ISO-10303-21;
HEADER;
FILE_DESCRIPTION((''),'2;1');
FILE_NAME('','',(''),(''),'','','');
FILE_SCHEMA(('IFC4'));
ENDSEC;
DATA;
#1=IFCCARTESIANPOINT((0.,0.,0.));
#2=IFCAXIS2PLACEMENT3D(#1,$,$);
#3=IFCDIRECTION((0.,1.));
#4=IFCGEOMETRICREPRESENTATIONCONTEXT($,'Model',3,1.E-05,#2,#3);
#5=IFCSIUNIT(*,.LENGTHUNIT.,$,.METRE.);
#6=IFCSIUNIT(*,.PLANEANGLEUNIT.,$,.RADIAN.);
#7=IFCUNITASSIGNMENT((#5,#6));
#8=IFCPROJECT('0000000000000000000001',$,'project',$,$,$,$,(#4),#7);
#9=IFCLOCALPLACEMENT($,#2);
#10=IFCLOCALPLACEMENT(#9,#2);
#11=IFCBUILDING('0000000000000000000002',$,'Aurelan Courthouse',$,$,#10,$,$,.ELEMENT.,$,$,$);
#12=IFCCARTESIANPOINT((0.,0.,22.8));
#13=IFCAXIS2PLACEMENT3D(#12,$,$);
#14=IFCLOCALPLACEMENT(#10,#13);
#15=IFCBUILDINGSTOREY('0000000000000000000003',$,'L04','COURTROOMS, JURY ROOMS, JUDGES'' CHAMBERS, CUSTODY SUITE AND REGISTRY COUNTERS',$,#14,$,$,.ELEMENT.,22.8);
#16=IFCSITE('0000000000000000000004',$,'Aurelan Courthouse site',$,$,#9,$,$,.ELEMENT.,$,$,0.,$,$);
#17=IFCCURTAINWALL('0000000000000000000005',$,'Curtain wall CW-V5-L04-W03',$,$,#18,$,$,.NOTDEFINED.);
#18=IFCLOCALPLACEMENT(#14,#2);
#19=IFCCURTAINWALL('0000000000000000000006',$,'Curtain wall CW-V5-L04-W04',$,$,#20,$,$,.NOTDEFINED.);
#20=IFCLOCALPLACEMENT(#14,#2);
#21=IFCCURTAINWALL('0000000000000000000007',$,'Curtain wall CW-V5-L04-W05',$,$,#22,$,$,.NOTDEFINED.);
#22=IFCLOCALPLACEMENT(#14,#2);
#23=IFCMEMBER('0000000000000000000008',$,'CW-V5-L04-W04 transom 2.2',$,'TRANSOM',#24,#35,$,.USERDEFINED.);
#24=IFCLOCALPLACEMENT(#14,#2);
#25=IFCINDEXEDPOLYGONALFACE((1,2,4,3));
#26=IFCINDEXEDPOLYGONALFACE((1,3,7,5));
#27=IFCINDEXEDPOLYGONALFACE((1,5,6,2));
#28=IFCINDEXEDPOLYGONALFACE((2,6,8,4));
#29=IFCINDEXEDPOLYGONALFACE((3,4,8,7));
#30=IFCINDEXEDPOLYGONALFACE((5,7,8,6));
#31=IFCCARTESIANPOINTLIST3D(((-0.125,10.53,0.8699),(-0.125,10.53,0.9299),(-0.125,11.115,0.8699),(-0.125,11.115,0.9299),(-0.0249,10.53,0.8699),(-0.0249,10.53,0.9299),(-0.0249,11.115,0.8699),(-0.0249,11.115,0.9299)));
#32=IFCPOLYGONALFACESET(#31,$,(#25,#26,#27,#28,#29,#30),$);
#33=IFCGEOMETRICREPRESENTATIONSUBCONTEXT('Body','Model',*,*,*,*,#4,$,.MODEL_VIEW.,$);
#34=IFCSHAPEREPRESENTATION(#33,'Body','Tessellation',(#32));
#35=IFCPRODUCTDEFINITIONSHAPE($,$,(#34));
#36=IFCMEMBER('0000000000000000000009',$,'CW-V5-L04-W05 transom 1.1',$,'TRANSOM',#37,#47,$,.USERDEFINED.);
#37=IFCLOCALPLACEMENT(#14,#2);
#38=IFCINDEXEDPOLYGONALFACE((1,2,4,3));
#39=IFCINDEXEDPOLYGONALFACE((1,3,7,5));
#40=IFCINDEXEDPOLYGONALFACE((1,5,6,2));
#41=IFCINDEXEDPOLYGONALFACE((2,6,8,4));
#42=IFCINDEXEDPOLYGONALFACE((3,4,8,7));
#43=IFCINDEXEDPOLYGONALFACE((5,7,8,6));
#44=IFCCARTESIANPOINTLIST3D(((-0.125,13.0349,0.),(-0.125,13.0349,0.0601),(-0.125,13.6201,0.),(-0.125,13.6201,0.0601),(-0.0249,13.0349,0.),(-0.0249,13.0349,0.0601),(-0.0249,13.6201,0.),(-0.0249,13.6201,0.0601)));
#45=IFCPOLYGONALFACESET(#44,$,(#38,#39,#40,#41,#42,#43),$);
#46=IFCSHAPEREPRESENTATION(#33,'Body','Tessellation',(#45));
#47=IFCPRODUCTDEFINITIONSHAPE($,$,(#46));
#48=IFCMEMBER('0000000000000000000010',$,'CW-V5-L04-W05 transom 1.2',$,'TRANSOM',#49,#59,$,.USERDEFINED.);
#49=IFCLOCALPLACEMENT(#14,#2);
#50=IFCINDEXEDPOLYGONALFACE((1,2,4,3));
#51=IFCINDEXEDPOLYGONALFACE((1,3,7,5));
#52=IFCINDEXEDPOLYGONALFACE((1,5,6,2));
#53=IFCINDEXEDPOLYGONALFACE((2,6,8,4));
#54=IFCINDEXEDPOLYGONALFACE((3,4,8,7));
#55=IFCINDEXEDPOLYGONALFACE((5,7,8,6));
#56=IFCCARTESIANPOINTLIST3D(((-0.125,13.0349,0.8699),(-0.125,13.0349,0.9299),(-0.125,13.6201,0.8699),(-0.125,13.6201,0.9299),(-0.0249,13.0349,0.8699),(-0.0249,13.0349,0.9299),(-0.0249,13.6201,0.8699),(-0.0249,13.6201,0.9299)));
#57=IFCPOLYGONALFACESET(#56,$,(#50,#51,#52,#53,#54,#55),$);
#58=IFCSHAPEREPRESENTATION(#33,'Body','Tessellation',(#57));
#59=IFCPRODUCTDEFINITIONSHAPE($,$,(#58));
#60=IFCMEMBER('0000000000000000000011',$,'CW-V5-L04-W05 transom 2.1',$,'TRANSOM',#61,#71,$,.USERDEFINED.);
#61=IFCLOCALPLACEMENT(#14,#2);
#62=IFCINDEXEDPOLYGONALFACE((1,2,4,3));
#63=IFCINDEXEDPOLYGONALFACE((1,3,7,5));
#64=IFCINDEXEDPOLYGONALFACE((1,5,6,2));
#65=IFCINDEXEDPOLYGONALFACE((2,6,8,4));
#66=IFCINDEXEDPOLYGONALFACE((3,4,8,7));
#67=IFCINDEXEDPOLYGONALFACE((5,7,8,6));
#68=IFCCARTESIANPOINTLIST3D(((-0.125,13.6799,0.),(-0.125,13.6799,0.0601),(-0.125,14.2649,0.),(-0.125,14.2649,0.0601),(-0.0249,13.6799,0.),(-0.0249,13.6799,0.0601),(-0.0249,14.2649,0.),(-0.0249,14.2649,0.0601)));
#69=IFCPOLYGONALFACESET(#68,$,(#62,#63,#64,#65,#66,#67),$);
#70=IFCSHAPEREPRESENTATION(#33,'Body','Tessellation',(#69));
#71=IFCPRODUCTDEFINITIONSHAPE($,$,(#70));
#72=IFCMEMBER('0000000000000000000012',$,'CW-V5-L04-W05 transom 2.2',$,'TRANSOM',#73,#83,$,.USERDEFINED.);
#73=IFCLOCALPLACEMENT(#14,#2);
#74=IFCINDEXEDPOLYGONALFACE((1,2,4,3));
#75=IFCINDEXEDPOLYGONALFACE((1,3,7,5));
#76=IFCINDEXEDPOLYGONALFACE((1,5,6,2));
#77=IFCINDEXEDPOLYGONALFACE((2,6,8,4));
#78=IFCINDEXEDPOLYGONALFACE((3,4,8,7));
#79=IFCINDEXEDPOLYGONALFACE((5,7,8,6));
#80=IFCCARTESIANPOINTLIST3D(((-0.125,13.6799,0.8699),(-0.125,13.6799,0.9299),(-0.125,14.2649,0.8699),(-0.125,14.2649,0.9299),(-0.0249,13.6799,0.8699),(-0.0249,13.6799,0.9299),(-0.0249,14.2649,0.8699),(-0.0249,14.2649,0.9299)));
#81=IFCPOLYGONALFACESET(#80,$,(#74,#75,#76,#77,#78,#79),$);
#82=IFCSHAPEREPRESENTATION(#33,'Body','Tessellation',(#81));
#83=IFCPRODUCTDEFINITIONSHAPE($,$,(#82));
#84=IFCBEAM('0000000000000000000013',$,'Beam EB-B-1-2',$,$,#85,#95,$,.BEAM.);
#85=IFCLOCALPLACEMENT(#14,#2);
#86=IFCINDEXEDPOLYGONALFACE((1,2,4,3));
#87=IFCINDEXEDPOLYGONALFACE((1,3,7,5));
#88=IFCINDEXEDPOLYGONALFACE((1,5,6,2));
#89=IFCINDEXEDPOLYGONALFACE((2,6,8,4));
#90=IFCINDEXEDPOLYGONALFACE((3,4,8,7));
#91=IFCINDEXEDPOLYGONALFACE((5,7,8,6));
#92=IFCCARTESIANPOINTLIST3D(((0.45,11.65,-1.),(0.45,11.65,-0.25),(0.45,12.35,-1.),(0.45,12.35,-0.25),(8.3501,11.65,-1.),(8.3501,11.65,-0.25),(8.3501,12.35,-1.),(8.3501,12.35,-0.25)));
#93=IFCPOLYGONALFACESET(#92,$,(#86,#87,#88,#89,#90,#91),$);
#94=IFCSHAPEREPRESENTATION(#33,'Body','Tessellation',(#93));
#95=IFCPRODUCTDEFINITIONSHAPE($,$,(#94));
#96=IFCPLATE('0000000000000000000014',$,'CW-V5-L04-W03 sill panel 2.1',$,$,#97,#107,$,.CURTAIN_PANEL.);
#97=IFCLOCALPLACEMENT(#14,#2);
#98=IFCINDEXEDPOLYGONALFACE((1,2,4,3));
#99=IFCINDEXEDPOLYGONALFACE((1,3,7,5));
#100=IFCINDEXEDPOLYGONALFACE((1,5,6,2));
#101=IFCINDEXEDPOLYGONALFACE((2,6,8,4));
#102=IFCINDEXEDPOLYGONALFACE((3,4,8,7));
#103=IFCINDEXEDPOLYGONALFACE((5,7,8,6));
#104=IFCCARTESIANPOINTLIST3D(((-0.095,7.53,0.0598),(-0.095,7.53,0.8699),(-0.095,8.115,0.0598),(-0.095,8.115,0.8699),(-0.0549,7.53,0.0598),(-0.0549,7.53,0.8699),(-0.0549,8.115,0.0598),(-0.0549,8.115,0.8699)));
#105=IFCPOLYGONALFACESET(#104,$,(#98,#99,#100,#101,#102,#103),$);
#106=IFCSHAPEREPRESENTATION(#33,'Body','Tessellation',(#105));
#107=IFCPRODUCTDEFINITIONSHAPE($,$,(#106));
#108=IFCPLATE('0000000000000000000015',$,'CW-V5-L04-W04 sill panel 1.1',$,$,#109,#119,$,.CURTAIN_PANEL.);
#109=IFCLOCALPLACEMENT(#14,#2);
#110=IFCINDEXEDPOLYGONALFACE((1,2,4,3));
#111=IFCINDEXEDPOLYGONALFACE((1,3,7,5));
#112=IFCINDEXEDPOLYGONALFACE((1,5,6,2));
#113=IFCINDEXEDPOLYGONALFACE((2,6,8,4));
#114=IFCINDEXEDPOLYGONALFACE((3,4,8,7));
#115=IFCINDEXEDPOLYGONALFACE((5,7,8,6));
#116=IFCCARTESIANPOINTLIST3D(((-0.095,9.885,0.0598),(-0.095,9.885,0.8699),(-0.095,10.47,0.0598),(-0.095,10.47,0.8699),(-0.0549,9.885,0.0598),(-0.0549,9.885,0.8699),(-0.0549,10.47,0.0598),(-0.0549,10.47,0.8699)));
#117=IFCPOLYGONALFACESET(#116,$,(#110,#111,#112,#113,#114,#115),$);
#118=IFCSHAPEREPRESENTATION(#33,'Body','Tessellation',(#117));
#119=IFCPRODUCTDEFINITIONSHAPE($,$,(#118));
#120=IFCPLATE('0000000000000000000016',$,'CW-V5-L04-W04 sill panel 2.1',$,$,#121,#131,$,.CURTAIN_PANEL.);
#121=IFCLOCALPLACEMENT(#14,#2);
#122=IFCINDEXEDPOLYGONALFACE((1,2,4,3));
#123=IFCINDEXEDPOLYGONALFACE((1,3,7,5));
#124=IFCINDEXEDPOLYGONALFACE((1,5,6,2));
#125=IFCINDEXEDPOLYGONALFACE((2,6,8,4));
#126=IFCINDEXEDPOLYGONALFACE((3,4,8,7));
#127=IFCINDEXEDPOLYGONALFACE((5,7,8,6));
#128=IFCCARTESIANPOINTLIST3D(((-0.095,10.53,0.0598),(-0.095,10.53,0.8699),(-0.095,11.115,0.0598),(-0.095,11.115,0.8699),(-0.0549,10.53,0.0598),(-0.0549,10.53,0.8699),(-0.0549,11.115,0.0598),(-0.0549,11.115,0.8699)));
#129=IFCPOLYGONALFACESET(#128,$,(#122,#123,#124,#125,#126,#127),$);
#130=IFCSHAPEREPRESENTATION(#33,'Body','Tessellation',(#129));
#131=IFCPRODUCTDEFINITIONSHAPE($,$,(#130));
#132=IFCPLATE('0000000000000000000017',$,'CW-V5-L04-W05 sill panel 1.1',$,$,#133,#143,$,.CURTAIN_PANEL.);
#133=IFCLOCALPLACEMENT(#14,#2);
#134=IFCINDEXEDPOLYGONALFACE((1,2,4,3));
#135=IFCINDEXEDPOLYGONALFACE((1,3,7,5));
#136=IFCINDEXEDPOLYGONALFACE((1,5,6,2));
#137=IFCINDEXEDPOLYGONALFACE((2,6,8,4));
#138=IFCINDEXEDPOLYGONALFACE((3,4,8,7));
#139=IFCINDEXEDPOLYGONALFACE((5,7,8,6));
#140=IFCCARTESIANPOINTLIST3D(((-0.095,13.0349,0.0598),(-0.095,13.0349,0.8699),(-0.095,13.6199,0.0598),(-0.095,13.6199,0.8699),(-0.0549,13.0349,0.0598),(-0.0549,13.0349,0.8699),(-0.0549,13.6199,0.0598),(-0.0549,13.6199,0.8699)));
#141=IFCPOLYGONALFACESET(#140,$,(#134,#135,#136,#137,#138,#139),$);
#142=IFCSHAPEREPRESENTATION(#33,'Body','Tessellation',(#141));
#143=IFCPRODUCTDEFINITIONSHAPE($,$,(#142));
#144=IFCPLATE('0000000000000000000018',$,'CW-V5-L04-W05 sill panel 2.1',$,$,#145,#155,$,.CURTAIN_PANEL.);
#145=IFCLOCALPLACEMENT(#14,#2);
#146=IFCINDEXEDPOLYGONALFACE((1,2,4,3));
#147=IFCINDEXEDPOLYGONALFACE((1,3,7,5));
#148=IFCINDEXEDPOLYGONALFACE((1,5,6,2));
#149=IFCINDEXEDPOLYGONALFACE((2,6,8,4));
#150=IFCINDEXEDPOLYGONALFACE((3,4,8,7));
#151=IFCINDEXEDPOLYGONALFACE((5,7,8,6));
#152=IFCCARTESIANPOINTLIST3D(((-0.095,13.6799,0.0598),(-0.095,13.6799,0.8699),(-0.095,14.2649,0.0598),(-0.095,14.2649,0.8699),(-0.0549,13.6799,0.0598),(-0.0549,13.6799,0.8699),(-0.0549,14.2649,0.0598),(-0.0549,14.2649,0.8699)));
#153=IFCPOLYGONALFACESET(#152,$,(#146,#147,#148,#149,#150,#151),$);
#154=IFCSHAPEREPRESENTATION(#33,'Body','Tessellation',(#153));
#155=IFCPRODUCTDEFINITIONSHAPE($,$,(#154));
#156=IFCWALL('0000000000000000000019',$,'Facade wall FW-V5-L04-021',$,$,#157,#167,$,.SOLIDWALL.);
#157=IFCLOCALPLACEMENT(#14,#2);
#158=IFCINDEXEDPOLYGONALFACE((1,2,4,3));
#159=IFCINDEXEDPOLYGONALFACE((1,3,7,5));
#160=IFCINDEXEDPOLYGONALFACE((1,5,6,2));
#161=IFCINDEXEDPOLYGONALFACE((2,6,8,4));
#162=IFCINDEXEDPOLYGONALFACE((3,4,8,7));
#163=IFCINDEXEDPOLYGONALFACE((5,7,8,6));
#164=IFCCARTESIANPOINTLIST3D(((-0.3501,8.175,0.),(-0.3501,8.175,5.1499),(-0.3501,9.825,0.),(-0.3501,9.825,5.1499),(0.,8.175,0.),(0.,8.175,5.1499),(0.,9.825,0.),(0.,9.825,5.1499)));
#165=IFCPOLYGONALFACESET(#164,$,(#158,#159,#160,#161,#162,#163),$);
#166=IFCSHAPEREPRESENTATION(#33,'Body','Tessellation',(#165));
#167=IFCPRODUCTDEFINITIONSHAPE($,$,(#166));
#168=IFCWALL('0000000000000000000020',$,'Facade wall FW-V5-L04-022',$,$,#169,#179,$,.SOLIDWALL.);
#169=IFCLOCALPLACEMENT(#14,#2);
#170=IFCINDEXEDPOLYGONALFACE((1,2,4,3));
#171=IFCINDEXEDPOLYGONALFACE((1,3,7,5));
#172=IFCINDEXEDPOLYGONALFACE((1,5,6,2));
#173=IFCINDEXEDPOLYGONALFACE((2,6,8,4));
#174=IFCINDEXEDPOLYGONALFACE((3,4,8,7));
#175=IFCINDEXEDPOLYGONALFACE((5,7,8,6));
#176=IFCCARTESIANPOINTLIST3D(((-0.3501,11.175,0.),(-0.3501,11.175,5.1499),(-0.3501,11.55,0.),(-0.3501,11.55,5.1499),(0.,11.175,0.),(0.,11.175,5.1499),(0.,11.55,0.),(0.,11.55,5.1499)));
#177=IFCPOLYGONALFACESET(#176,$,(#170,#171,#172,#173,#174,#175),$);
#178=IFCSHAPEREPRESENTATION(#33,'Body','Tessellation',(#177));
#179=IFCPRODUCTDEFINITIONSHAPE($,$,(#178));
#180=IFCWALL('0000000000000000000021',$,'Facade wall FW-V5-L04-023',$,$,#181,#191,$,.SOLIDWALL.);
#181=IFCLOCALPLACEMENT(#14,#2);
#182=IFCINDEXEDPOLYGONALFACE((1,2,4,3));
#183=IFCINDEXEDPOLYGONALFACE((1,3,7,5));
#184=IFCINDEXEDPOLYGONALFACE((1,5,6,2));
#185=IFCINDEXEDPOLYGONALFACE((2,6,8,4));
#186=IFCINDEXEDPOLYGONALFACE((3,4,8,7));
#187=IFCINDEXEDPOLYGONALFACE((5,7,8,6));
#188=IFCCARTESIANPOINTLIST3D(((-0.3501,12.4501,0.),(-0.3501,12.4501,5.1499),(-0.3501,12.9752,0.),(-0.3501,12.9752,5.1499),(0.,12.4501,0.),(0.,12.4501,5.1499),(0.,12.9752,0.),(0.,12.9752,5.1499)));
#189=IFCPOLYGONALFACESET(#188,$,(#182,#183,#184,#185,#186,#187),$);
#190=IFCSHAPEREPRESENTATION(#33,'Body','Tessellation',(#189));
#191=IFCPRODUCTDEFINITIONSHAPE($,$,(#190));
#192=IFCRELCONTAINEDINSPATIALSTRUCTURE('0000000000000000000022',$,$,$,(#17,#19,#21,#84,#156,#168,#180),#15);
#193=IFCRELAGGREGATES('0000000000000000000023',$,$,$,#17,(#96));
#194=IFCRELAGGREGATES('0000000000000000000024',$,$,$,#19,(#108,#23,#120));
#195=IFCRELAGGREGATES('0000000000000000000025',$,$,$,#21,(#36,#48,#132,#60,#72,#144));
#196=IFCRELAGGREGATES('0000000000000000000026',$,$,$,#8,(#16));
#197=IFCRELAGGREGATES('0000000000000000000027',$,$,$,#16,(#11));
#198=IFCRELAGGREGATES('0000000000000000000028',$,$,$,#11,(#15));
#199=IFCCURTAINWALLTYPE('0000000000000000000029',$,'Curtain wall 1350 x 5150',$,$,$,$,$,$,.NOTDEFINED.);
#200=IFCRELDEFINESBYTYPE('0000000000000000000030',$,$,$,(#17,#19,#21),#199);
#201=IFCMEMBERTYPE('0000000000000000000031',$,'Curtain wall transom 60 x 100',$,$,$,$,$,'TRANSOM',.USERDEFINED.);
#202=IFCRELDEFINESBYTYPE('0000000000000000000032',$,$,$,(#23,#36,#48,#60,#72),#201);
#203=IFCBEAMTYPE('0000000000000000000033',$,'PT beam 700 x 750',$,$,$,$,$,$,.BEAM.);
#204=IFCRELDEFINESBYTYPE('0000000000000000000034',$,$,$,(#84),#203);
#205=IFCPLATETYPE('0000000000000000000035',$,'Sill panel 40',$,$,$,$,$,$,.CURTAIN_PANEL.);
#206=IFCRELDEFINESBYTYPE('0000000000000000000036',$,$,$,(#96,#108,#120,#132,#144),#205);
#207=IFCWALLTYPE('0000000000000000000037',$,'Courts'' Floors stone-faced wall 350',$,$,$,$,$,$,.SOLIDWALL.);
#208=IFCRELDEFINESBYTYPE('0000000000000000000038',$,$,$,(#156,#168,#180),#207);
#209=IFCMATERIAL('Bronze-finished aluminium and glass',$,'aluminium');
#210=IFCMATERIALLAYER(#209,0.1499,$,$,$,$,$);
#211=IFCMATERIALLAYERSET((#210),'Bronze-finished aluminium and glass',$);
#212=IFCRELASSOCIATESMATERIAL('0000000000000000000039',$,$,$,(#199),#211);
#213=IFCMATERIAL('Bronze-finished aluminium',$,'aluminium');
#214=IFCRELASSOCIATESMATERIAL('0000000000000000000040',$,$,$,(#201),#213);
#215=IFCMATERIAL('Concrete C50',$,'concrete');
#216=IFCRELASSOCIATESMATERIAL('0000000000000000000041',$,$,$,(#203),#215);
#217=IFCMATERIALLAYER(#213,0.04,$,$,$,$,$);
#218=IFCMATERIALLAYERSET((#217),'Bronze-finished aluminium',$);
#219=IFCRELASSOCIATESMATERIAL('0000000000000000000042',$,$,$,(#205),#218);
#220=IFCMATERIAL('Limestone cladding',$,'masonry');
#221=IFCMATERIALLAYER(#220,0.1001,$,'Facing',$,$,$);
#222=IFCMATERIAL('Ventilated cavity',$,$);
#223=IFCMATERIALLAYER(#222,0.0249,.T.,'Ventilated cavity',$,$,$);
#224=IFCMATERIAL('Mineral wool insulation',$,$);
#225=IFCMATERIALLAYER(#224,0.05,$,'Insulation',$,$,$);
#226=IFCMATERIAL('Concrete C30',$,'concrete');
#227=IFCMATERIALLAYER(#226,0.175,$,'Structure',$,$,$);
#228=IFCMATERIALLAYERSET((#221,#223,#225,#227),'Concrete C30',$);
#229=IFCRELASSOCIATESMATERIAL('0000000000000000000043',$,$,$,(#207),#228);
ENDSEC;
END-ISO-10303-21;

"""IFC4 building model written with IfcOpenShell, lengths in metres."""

from ifc_helpers import new_model, si_unit, direction, frame, frame_2d, origin, origin_2d, place, context, subcontext, project, spatial, rectangle, extrude, material, layer, layer_set, material_profile, profile_set, type_object, element, aggregate, save


model = new_model("IFC4")

# Units and contexts
model_context = context("Model", 3, precision=1e-05, world=origin(), true_north=direction((0.0, 1.0)))
body_context = subcontext(model_context, "Body", "Model", "MODEL_VIEW")
ifc_project = project(units=[si_unit("LENGTHUNIT", "METRE"), si_unit("PLANEANGLEUNIT", "RADIAN")], contexts=[model_context])

# Site, building, storey
site_placement = place(None, origin())
site = spatial("IfcSite", under=ifc_project, at=site_placement, Name="Aurelan Courthouse site", CompositionType="ELEMENT", RefElevation=0.0)
building_placement = place(site_placement, origin())
building = spatial("IfcBuilding", under=site, at=building_placement, Name="Aurelan Courthouse", CompositionType="ELEMENT")
storey_placement = place(building_placement, frame((0.0, 0.0, 22.8)))
storey = spatial("IfcBuildingStorey", under=building, at=storey_placement, Name="L04", Description="COURTROOMS, JURY ROOMS, JUDGES' CHAMBERS, CUSTODY SUITE AND REGISTRY COUNTERS", CompositionType="ELEMENT", Elevation=22.8)

# Shared definitions
ifc_material_1 = material(Name="Concrete C50", Category="concrete")

# Curtain walls
ifc_material_2 = material(Name="Bronze-finished aluminium and glass", Category="aluminium")
ifc_layer_1 = layer(ifc_material_2, 0.1499)
ifc_layer_set_1 = layer_set([ifc_layer_1], Name="Bronze-finished aluminium and glass")
curtain_wall_type = type_object("IfcCurtainWallType", Name="Curtain wall 1350 x 5150", PredefinedType="NOTDEFINED", material=ifc_layer_set_1)
curtain_wall_1_placement = place(storey_placement, origin())
curtain_wall_1 = element("IfcCurtainWall", 1, at=curtain_wall_1_placement, inside=storey, type_object=curtain_wall_type, Name="Curtain wall CW-V5-L04-W03", PredefinedType="NOTDEFINED")
ifc_material_3 = material(Name="Bronze-finished aluminium", Category="aluminium")
curtain_wall_2_placement = place(storey_placement, origin())
curtain_wall_2 = element("IfcCurtainWall", 2, at=curtain_wall_2_placement, inside=storey, type_object=curtain_wall_type, Name="Curtain wall CW-V5-L04-W04", PredefinedType="NOTDEFINED")
curtain_wall_3_placement = place(storey_placement, origin())
curtain_wall_3 = element("IfcCurtainWall", 3, at=curtain_wall_3_placement, inside=storey, type_object=curtain_wall_type, Name="Curtain wall CW-V5-L04-W05", PredefinedType="NOTDEFINED")

# Members
ifc_material_profile_1 = material_profile(ifc_material_3, rectangle(XDim=0.1001, YDim=0.0601, at=origin_2d()), Name="Bronze transom 60 x 100")
ifc_profile_set_1 = profile_set([ifc_material_profile_1], Name="Bronze-finished aluminium")
member_type_1 = type_object("IfcMemberType", Name="Curtain wall transom 60 x 100", ElementType="TRANSOM", PredefinedType="USERDEFINED", material=ifc_profile_set_1)
member_1_placement = place(storey_placement, frame((-0.075, 10.53, 0.8999), z_axis=(0.0, 1.0, 0.0), x_axis=(-1.0, 0.0, 0.0)))
member_1 = element("IfcMember", 4, at=member_1_placement, type_object=member_type_1, Name="CW-V5-L04-W04 transom 2.2", ObjectType="TRANSOM", PredefinedType="USERDEFINED", context=body_context, shape_type="SweptSolid", body=[
    extrude(rectangle(XDim=0.1001, YDim=0.0601, at=origin_2d()), origin(), (0.0, 0.0, 1.0), 0.585),
])
member_2_placement = place(storey_placement, frame((-0.075, 13.0349, 0.03), z_axis=(0.0, 1.0, 0.0), x_axis=(-1.0, 0.0, 0.0)))
member_2 = element("IfcMember", 5, at=member_2_placement, type_object=member_type_1, Name="CW-V5-L04-W05 transom 1.1", ObjectType="TRANSOM", PredefinedType="USERDEFINED", context=body_context, shape_type="SweptSolid", body=[
    extrude(rectangle(XDim=0.1001, YDim=0.0601, at=origin_2d()), origin(), (0.0, 0.0, 1.0), 0.5852),
])
member_3_placement = place(storey_placement, frame((-0.075, 13.0349, 0.8999), z_axis=(0.0, 1.0, 0.0), x_axis=(-1.0, 0.0, 0.0)))
member_3 = element("IfcMember", 6, at=member_3_placement, type_object=member_type_1, Name="CW-V5-L04-W05 transom 1.2", ObjectType="TRANSOM", PredefinedType="USERDEFINED", context=body_context, shape_type="SweptSolid", body=[
    extrude(rectangle(XDim=0.1001, YDim=0.0601, at=origin_2d()), origin(), (0.0, 0.0, 1.0), 0.5852),
])
member_4_placement = place(storey_placement, frame((-0.075, 13.6799, 0.03), z_axis=(0.0, 1.0, 0.0), x_axis=(-1.0, 0.0, 0.0)))
member_4 = element("IfcMember", 7, at=member_4_placement, type_object=member_type_1, Name="CW-V5-L04-W05 transom 2.1", ObjectType="TRANSOM", PredefinedType="USERDEFINED", context=body_context, shape_type="SweptSolid", body=[
    extrude(rectangle(XDim=0.1001, YDim=0.0601, at=origin_2d()), origin(), (0.0, 0.0, 1.0), 0.585),
])
member_5_placement = place(storey_placement, frame((-0.075, 13.6799, 0.8999), z_axis=(0.0, 1.0, 0.0), x_axis=(-1.0, 0.0, 0.0)))
member_5 = element("IfcMember", 8, at=member_5_placement, type_object=member_type_1, Name="CW-V5-L04-W05 transom 2.2", ObjectType="TRANSOM", PredefinedType="USERDEFINED", context=body_context, shape_type="SweptSolid", body=[
    extrude(rectangle(XDim=0.1001, YDim=0.0601, at=origin_2d()), origin(), (0.0, 0.0, 1.0), 0.585),
])

# Beam
ifc_material_profile_2 = material_profile(ifc_material_1, rectangle(XDim=0.7, YDim=0.75, at=origin_2d()), Name="RC 700 x 750")
ifc_profile_set_2 = profile_set([ifc_material_profile_2], Name="Concrete C50")
beam_type = type_object("IfcBeamType", Name="PT beam 700 x 750", PredefinedType="BEAM", material=ifc_profile_set_2)
beam_placement = place(storey_placement, frame((0.45, 12.0, -0.625), z_axis=(1.0, 0.0, 0.0), x_axis=(0.0, 1.0, 0.0)))
element("IfcBeam", 9, at=beam_placement, inside=storey, type_object=beam_type, Name="Beam EB-B-1-2", PredefinedType="BEAM", context=body_context, shape_type="SweptSolid", body=[
    extrude(rectangle(XDim=0.7, YDim=0.75, at=origin_2d()), origin(), (0.0, 0.0, 1.0), 7.9001),
])

# Plates
ifc_layer_2 = layer(ifc_material_3, 0.04)
ifc_layer_set_2 = layer_set([ifc_layer_2], Name="Bronze-finished aluminium")
plate_type = type_object("IfcPlateType", Name="Sill panel 40", PredefinedType="CURTAIN_PANEL", material=ifc_layer_set_2)
plate_1_placement = place(storey_placement, frame((-0.075, 7.8225, 0.0598), z_axis=(0.0, 0.0, 1.0), x_axis=(0.0, 1.0, 0.0)))
plate_1 = element("IfcPlate", 10, at=plate_1_placement, type_object=plate_type, Name="CW-V5-L04-W03 sill panel 2.1", PredefinedType="CURTAIN_PANEL", context=body_context, shape_type="SweptSolid", body=[
    extrude(rectangle(XDim=0.585, YDim=0.04, at=origin_2d()), origin(), (0.0, 0.0, 1.0), 0.8101),
])
aggregate(curtain_wall_1, [plate_1])
plate_2_placement = place(storey_placement, frame((-0.075, 10.1775, 0.0598), z_axis=(0.0, 0.0, 1.0), x_axis=(0.0, 1.0, 0.0)))
plate_2 = element("IfcPlate", 11, at=plate_2_placement, type_object=plate_type, Name="CW-V5-L04-W04 sill panel 1.1", PredefinedType="CURTAIN_PANEL", context=body_context, shape_type="SweptSolid", body=[
    extrude(rectangle(XDim=0.585, YDim=0.04, at=origin_2d()), origin(), (0.0, 0.0, 1.0), 0.8101),
])
plate_3_placement = place(storey_placement, frame((-0.075, 10.8225, 0.0598), z_axis=(0.0, 0.0, 1.0), x_axis=(0.0, 1.0, 0.0)))
plate_3 = element("IfcPlate", 12, at=plate_3_placement, type_object=plate_type, Name="CW-V5-L04-W04 sill panel 2.1", PredefinedType="CURTAIN_PANEL", context=body_context, shape_type="SweptSolid", body=[
    extrude(rectangle(XDim=0.585, YDim=0.04, at=origin_2d()), origin(), (0.0, 0.0, 1.0), 0.8101),
])
aggregate(curtain_wall_2, [plate_2, member_1, plate_3])
plate_4_placement = place(storey_placement, frame((-0.075, 13.3274, 0.0598), z_axis=(0.0, 0.0, 1.0), x_axis=(0.0, 1.0, 0.0)))
plate_4 = element("IfcPlate", 13, at=plate_4_placement, type_object=plate_type, Name="CW-V5-L04-W05 sill panel 1.1", PredefinedType="CURTAIN_PANEL", context=body_context, shape_type="SweptSolid", body=[
    extrude(rectangle(XDim=0.585, YDim=0.04, at=origin_2d()), origin(), (0.0, 0.0, 1.0), 0.8101),
])
plate_5_placement = place(storey_placement, frame((-0.075, 13.9724, 0.0598), z_axis=(0.0, 0.0, 1.0), x_axis=(0.0, 1.0, 0.0)))
plate_5 = element("IfcPlate", 14, at=plate_5_placement, type_object=plate_type, Name="CW-V5-L04-W05 sill panel 2.1", PredefinedType="CURTAIN_PANEL", context=body_context, shape_type="SweptSolid", body=[
    extrude(rectangle(XDim=0.585, YDim=0.04, at=origin_2d()), origin(), (0.0, 0.0, 1.0), 0.8101),
])
aggregate(curtain_wall_3, [member_2, member_3, plate_4, member_4, member_5, plate_5])

# Walls
ifc_material_4 = material(Name="Limestone cladding", Category="masonry")
ifc_layer_3 = layer(ifc_material_4, 0.1001, Name="Facing")
ifc_material_5 = material(Name="Ventilated cavity")
ifc_layer_4 = layer(ifc_material_5, 0.0249, ventilated=True, Name="Ventilated cavity")
ifc_material_6 = material(Name="Mineral wool insulation")
ifc_layer_5 = layer(ifc_material_6, 0.05, Name="Insulation")
ifc_material_7 = material(Name="Concrete C30", Category="concrete")
ifc_layer_6 = layer(ifc_material_7, 0.175, Name="Structure")
ifc_layer_set_3 = layer_set([ifc_layer_3, ifc_layer_4, ifc_layer_5, ifc_layer_6], Name="Concrete C30")
wall_type_1 = type_object("IfcWallType", Name="Courts' Floors stone-faced wall 350", PredefinedType="SOLIDWALL", material=ifc_layer_set_3)
wall_1_placement = place(storey_placement, frame((-0.175, 8.175, 0.0), z_axis=(0.0, 0.0, 1.0), x_axis=(0.0, 1.0, 0.0)))
element("IfcWall", 15, at=wall_1_placement, inside=storey, type_object=wall_type_1, Name="Facade wall FW-V5-L04-021", PredefinedType="SOLIDWALL", context=body_context, shape_type="SweptSolid", body=[
    extrude(rectangle(XDim=1.6499, YDim=0.3501, at=frame_2d((0.825, 0.0))), origin(), (0.0, 0.0, 1.0), 5.1499),
])
wall_2_placement = place(storey_placement, frame((-0.175, 11.175, 0.0), z_axis=(0.0, 0.0, 1.0), x_axis=(0.0, 1.0, 0.0)))
element("IfcWall", 16, at=wall_2_placement, inside=storey, type_object=wall_type_1, Name="Facade wall FW-V5-L04-022", PredefinedType="SOLIDWALL", context=body_context, shape_type="SweptSolid", body=[
    extrude(rectangle(XDim=0.375, YDim=0.3501, at=frame_2d((0.1875, 0.0))), origin(), (0.0, 0.0, 1.0), 5.1499),
])
wall_3_placement = place(storey_placement, frame((-0.175, 12.45, 0.0), z_axis=(0.0, 0.0, 1.0), x_axis=(0.0, 1.0, 0.0)))
element("IfcWall", 17, at=wall_3_placement, inside=storey, type_object=wall_type_1, Name="Facade wall FW-V5-L04-023", PredefinedType="SOLIDWALL", context=body_context, shape_type="SweptSolid", body=[
    extrude(rectangle(XDim=0.5251, YDim=0.3501, at=frame_2d((0.2627, 0.0))), origin(), (0.0, 0.0, 1.0), 5.1499),
])

save(model, "model.ifc")
